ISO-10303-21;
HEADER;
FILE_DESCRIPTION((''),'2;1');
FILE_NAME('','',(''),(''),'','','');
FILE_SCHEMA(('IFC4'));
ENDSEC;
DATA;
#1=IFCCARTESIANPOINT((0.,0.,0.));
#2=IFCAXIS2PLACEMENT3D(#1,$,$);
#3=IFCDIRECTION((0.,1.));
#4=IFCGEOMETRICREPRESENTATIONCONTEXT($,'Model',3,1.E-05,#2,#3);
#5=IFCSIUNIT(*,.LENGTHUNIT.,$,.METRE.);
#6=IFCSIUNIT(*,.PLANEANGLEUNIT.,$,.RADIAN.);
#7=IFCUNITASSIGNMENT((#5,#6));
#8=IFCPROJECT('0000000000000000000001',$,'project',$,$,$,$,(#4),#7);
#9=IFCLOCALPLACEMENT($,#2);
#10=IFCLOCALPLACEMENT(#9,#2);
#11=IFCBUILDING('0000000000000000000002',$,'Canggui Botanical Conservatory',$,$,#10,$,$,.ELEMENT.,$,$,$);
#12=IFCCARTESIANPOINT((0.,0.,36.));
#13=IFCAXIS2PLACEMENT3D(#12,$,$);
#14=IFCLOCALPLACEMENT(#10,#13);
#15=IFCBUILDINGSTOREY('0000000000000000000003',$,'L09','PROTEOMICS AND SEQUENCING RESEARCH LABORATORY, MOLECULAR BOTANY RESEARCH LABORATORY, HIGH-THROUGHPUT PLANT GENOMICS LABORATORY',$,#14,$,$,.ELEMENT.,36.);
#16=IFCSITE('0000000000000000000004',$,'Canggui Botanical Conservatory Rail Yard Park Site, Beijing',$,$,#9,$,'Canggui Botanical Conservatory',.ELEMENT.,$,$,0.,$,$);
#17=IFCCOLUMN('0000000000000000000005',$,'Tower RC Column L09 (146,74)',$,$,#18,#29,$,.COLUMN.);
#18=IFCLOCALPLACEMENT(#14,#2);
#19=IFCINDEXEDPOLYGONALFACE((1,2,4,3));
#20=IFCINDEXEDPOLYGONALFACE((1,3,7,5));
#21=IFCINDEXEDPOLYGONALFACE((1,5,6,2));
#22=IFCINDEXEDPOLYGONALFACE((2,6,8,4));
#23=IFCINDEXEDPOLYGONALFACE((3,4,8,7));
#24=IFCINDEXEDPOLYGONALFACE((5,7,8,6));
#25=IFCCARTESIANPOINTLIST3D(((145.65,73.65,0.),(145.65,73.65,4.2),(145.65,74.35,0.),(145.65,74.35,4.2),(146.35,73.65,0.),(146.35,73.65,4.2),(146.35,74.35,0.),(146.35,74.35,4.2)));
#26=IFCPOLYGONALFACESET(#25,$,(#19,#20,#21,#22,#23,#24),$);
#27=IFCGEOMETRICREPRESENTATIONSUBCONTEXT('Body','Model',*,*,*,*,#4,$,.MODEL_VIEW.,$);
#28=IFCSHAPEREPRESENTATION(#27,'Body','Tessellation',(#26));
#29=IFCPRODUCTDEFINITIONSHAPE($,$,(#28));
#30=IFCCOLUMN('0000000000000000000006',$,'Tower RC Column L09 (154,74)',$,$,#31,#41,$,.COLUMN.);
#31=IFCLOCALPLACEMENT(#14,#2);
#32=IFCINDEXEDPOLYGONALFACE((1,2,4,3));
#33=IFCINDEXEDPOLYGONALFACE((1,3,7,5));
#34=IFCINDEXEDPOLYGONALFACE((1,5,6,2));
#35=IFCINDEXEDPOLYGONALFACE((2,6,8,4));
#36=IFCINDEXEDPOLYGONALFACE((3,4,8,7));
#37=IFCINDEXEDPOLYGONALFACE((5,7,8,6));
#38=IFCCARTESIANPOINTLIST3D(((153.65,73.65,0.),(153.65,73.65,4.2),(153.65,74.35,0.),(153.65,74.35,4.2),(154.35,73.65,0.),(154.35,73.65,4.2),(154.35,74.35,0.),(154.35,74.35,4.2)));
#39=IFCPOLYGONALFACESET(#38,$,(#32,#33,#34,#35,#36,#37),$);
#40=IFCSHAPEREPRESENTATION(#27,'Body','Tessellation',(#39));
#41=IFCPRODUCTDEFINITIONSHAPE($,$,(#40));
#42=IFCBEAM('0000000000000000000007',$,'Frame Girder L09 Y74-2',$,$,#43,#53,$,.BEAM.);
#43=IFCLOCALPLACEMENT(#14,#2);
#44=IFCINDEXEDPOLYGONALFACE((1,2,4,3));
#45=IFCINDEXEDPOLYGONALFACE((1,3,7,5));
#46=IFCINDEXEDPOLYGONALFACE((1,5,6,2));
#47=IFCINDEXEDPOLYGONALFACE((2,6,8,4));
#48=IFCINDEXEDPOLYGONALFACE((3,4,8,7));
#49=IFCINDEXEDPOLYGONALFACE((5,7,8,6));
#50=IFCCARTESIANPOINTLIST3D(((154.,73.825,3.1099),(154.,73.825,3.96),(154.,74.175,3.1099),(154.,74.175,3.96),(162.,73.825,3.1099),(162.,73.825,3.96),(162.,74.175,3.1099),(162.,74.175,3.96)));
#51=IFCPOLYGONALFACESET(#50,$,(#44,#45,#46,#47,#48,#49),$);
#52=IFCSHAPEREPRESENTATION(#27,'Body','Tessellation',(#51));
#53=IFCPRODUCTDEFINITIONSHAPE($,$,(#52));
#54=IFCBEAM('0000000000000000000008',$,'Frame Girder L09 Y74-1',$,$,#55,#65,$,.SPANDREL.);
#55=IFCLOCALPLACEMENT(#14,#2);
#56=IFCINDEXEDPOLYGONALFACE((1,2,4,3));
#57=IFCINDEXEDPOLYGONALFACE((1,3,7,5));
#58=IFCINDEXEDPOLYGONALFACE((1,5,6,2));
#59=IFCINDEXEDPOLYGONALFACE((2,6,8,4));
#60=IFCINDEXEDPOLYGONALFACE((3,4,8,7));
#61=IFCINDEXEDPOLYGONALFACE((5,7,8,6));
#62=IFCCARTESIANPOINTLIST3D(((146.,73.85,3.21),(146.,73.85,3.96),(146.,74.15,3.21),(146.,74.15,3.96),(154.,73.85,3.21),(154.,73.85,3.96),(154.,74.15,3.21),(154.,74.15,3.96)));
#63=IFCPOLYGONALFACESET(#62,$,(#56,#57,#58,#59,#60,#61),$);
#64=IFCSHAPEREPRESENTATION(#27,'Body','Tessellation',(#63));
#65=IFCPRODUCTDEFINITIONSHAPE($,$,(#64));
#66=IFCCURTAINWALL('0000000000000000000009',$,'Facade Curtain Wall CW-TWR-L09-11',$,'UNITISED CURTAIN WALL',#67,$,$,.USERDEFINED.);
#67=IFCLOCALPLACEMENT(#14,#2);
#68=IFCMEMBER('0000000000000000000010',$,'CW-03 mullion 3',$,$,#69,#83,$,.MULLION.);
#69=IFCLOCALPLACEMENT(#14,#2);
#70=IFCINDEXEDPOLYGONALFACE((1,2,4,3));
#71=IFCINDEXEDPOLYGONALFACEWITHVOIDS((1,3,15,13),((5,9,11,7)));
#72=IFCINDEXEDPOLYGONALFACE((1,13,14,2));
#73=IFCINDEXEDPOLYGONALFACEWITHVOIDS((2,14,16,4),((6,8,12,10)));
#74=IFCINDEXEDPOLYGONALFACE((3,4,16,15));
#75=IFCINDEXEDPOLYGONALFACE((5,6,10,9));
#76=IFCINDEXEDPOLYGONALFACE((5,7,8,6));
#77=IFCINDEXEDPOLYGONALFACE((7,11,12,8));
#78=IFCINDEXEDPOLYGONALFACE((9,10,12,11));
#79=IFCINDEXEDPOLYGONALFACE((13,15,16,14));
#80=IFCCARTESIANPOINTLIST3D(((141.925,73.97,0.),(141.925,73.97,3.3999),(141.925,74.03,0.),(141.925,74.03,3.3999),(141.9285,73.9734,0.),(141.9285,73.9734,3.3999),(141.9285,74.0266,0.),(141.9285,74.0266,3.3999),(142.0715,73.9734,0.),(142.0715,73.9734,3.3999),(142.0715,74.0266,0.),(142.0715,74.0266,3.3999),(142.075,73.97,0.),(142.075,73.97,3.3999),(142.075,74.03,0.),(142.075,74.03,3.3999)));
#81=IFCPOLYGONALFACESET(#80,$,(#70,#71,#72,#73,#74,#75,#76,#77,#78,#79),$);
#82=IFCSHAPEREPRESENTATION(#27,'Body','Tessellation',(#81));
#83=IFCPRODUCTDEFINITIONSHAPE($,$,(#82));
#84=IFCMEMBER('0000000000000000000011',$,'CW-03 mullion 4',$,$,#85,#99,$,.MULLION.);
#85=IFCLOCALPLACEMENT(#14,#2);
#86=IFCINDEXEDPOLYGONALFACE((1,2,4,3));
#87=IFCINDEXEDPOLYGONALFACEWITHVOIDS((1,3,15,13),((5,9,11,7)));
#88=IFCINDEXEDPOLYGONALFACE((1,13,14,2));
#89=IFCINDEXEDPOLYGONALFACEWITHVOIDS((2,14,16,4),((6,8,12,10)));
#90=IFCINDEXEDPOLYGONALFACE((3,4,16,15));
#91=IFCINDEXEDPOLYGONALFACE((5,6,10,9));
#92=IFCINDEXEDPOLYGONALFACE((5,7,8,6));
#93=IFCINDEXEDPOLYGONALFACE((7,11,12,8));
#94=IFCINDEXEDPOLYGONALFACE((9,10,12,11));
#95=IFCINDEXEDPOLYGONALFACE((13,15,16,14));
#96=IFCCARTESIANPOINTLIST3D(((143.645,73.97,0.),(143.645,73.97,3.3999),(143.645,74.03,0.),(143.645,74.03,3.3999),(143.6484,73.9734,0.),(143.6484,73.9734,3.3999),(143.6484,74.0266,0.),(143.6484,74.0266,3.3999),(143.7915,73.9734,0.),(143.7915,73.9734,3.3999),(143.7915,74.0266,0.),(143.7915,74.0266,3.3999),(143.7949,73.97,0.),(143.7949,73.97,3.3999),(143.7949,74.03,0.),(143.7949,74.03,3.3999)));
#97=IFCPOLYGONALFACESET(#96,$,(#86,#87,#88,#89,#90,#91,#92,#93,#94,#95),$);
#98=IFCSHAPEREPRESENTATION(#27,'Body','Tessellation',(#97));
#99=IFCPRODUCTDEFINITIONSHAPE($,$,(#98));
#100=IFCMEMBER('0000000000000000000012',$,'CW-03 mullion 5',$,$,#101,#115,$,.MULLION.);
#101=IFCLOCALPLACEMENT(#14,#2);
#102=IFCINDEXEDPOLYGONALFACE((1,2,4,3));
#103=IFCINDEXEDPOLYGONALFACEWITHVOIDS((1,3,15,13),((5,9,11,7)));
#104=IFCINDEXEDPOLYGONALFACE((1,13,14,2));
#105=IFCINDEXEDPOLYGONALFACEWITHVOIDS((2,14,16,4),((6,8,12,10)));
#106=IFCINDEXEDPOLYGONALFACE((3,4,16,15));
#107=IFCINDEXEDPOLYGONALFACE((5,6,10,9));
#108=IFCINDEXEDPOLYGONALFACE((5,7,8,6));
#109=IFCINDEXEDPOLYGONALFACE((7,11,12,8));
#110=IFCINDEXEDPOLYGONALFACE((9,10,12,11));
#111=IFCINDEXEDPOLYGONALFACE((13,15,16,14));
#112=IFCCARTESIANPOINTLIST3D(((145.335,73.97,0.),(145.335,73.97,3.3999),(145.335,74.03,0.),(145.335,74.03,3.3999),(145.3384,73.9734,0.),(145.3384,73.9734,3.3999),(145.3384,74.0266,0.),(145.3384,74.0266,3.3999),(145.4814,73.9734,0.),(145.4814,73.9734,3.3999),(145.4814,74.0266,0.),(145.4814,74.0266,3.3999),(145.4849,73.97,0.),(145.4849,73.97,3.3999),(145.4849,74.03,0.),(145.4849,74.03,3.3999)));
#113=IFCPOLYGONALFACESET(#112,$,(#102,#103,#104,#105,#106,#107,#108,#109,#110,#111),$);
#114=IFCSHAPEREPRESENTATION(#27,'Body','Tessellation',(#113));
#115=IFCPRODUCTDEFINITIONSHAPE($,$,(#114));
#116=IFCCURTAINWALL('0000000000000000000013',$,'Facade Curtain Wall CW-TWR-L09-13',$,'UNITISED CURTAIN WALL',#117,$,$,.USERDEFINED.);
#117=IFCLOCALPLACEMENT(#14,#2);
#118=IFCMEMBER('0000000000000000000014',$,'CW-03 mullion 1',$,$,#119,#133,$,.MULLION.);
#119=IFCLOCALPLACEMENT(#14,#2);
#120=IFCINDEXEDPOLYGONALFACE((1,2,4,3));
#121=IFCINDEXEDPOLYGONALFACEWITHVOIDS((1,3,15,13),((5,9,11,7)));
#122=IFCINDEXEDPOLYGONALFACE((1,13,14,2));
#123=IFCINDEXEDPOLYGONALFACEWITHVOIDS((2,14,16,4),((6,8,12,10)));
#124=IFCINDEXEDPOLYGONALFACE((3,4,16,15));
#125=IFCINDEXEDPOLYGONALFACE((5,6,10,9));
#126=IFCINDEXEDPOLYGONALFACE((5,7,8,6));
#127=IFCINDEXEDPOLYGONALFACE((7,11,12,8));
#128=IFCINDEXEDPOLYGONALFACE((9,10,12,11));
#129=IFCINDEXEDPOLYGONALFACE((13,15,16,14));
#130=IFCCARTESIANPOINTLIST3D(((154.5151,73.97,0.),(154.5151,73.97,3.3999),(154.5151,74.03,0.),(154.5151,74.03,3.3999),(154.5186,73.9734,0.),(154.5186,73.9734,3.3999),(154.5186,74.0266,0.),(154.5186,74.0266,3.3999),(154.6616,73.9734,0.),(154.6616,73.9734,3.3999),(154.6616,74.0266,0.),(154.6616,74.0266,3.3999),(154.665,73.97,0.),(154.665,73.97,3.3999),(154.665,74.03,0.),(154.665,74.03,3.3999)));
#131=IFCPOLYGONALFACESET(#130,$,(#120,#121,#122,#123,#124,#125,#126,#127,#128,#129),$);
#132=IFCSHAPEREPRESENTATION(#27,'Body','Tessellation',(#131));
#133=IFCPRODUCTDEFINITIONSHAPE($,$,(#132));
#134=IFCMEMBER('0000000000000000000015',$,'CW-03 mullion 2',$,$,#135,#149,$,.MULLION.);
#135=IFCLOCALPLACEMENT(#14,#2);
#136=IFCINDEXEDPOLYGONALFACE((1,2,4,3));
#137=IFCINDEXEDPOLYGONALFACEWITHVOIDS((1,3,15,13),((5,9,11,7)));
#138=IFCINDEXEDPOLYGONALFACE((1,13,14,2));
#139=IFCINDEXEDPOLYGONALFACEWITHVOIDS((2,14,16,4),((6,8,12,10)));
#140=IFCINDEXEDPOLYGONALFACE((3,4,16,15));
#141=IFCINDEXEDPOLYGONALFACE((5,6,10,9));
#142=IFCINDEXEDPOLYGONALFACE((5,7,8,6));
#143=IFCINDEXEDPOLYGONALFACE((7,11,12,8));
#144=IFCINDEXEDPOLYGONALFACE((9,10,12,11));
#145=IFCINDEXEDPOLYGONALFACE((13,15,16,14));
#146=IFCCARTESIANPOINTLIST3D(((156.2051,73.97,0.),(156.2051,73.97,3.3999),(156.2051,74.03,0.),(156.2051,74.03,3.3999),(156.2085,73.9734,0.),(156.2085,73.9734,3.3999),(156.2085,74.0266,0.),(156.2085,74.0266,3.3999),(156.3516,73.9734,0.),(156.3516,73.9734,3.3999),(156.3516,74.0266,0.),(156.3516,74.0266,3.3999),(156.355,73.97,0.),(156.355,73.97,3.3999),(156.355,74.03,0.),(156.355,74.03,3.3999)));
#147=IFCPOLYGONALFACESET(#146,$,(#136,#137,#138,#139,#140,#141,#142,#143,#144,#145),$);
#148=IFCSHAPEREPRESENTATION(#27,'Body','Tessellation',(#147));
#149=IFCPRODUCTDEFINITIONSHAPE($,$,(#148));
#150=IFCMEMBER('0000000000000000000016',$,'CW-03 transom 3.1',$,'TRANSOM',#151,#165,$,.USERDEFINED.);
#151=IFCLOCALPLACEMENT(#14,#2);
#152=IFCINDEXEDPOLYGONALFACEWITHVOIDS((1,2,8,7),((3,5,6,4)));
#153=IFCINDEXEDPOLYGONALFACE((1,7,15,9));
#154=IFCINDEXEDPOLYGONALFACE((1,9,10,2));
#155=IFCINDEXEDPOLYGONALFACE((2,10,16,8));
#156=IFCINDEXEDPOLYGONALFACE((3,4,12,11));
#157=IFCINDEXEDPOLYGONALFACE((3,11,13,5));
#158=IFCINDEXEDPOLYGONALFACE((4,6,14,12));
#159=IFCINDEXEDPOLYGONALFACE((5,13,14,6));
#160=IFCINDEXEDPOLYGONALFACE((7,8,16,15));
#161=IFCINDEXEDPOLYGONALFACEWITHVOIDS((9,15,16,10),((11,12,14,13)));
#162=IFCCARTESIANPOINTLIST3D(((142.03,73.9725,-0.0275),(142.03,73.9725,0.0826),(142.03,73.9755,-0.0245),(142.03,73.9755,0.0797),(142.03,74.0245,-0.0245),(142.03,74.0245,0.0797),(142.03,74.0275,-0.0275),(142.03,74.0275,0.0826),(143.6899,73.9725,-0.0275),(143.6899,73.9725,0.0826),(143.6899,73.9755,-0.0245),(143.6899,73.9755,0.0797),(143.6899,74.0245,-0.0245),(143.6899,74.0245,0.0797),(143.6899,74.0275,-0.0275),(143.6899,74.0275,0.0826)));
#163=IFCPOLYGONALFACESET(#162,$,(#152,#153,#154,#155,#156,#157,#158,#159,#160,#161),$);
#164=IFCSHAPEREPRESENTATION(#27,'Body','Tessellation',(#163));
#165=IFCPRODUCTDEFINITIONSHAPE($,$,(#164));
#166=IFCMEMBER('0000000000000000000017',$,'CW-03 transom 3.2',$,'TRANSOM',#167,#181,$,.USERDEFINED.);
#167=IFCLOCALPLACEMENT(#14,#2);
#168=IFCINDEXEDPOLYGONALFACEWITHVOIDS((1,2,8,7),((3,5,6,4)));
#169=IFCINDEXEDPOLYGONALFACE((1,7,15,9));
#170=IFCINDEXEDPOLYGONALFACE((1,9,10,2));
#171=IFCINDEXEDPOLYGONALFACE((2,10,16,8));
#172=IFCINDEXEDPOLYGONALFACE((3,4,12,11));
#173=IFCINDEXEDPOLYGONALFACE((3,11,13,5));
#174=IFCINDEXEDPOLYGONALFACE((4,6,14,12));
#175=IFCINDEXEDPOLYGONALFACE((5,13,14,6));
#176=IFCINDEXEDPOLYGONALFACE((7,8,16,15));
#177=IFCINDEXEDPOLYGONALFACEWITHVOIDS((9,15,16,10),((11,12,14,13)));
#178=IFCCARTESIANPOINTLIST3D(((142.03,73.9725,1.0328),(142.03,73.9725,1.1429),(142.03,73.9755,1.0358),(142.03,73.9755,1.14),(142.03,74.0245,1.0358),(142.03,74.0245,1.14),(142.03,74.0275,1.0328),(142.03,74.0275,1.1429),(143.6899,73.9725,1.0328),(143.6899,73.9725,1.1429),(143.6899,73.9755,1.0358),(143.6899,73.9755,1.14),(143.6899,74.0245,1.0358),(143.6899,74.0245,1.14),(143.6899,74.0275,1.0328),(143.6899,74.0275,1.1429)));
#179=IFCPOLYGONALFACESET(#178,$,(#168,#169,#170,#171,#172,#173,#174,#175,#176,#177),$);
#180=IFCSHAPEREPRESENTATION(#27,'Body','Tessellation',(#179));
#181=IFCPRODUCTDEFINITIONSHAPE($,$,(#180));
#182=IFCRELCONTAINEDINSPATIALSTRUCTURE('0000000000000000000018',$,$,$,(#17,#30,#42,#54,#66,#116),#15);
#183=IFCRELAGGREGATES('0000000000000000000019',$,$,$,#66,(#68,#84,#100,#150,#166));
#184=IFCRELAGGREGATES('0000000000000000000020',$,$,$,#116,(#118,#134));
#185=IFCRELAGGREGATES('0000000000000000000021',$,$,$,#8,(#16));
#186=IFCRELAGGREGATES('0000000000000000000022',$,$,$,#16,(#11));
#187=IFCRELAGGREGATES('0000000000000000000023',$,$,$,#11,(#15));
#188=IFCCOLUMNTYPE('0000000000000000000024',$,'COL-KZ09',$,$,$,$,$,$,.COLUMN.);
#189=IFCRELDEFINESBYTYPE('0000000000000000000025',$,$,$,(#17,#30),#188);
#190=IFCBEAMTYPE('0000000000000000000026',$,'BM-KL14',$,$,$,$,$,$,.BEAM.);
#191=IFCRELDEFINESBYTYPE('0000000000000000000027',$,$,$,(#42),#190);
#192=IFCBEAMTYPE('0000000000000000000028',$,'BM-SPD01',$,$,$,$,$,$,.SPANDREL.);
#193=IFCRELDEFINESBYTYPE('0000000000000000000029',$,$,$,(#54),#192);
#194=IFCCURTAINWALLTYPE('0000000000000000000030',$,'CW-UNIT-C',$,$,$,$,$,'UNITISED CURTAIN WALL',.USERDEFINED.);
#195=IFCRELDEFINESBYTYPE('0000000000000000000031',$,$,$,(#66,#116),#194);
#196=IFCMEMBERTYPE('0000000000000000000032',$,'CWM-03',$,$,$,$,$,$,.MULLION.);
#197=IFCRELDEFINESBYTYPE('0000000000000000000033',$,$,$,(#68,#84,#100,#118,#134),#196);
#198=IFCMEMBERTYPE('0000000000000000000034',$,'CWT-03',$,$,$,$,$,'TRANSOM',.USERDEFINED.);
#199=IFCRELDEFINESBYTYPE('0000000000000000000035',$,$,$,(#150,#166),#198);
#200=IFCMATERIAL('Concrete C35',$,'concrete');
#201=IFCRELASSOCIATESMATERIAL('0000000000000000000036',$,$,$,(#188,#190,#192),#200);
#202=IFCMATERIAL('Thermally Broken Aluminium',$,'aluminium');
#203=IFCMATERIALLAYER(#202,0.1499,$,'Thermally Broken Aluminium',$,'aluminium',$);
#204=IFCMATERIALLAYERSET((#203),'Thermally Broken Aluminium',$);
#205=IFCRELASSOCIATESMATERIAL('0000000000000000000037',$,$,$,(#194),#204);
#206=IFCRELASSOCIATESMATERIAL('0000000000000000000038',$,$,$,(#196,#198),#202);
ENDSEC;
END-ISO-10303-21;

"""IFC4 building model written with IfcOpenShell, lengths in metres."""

from ifc_helpers import new_model, si_unit, direction, frame, origin, origin_2d, place, context, subcontext, project, spatial, rectangle, hollow_rectangle, extrude, material, layer, layer_set, material_profile, profile_set, type_object, element, aggregate, save


model = new_model("IFC4")

# Units and contexts
model_context = context("Model", 3, precision=1e-05, world=origin(), true_north=direction((0.0, 1.0)))
body_context = subcontext(model_context, "Body", "Model", "MODEL_VIEW")
ifc_project = project(units=[si_unit("LENGTHUNIT", "METRE"), si_unit("PLANEANGLEUNIT", "RADIAN")], contexts=[model_context])

# Site, building, storey
site_placement = place(None, origin())
site = spatial("IfcSite", under=ifc_project, at=site_placement, Name="Canggui Botanical Conservatory Rail Yard Park Site, Beijing", LongName="Canggui Botanical Conservatory", CompositionType="ELEMENT", RefElevation=0.0)
building_placement = place(site_placement, origin())
building = spatial("IfcBuilding", under=site, at=building_placement, Name="Canggui Botanical Conservatory", CompositionType="ELEMENT")
storey_placement = place(building_placement, frame((0.0, 0.0, 36.0)))
storey = spatial("IfcBuildingStorey", under=building, at=storey_placement, Name="L09", Description="PROTEOMICS AND SEQUENCING RESEARCH LABORATORY, MOLECULAR BOTANY RESEARCH LABORATORY, HIGH-THROUGHPUT PLANT GENOMICS LABORATORY", CompositionType="ELEMENT", Elevation=36.0)

# Columns
ifc_material_1 = material(Name="Concrete C35", Category="concrete")
ifc_material_profile_1 = material_profile(ifc_material_1, rectangle(XDim=0.7, YDim=0.7, at=origin_2d()), Name="RC 700x700")
ifc_profile_set_1 = profile_set([ifc_material_profile_1], Name="Concrete C35")
column_type = type_object("IfcColumnType", Name="COL-KZ09", PredefinedType="COLUMN", material=ifc_profile_set_1)
for number, where, z_axis, x_axis, name in (
    (1, (146.0, 74.0, 0.0), (0.0, 0.0, 1.0), (1.0, 0.0, 0.0), "Tower RC Column L09 (146,74)"),
    (2, (154.0, 74.0, 0.0), (0.0, 0.0, 1.0), (1.0, 0.0, 0.0), "Tower RC Column L09 (154,74)"),
):
    element("IfcColumn", number, at=place(storey_placement, frame(where, z_axis=z_axis, x_axis=x_axis)), inside=storey, type_object=column_type, Name=name, PredefinedType="COLUMN", context=body_context, shape_type="SweptSolid", body=[
        extrude(rectangle(XDim=0.7, YDim=0.7, at=origin_2d()), origin(), (0.0, 0.0, 1.0), 4.2),
    ])

# Beams
ifc_material_profile_2 = material_profile(ifc_material_1, rectangle(XDim=0.3501, YDim=0.8501, at=origin_2d()), Name="RB 350x850")
ifc_profile_set_2 = profile_set([ifc_material_profile_2], Name="Concrete C35")
beam_type_1 = type_object("IfcBeamType", Name="BM-KL14", PredefinedType="BEAM", material=ifc_profile_set_2)
beam_1_placement = place(storey_placement, frame((154.0, 74.0, 3.5349), z_axis=(1.0, 0.0, 0.0), x_axis=(0.0, 1.0, 0.0)))
element("IfcBeam", 3, at=beam_1_placement, inside=storey, type_object=beam_type_1, Name="Frame Girder L09 Y74-2", PredefinedType="BEAM", context=body_context, shape_type="SweptSolid", body=[
    extrude(rectangle(XDim=0.3501, YDim=0.8501, at=origin_2d()), origin(), (0.0, 0.0, 1.0), 8.0),
])
ifc_material_profile_3 = material_profile(ifc_material_1, rectangle(XDim=0.3, YDim=0.75, at=origin_2d()), Name="RB 300x750")
ifc_profile_set_3 = profile_set([ifc_material_profile_3], Name="Concrete C35")
beam_type_2 = type_object("IfcBeamType", Name="BM-SPD01", PredefinedType="SPANDREL", material=ifc_profile_set_3)
beam_2_placement = place(storey_placement, frame((146.0, 74.0, 3.585), z_axis=(1.0, 0.0, 0.0), x_axis=(0.0, 1.0, 0.0)))
element("IfcBeam", 4, at=beam_2_placement, inside=storey, type_object=beam_type_2, Name="Frame Girder L09 Y74-1", PredefinedType="SPANDREL", context=body_context, shape_type="SweptSolid", body=[
    extrude(rectangle(XDim=0.3, YDim=0.75, at=origin_2d()), origin(), (0.0, 0.0, 1.0), 8.0),
])

# Curtain walls, members
ifc_material_2 = material(Name="Thermally Broken Aluminium", Category="aluminium")
ifc_layer_1 = layer(ifc_material_2, 0.1499, Name="Thermally Broken Aluminium", Category="aluminium")
ifc_layer_set_1 = layer_set([ifc_layer_1], Name="Thermally Broken Aluminium")
curtain_wall_type = type_object("IfcCurtainWallType", Name="CW-UNIT-C", ElementType="UNITISED CURTAIN WALL", PredefinedType="USERDEFINED", material=ifc_layer_set_1)
curtain_wall_1_placement = place(storey_placement, origin())
curtain_wall_1 = element("IfcCurtainWall", 5, at=curtain_wall_1_placement, inside=storey, type_object=curtain_wall_type, Name="Facade Curtain Wall CW-TWR-L09-11", ObjectType="UNITISED CURTAIN WALL", PredefinedType="USERDEFINED")
ifc_material_profile_4 = material_profile(ifc_material_2, hollow_rectangle(XDim=0.0601, YDim=0.1499, WallThickness=0.0034, at=origin_2d()), Name="CWM 60x150x3.5")
ifc_profile_set_4 = profile_set([ifc_material_profile_4], Name="Thermally Broken Aluminium")
member_type_1 = type_object("IfcMemberType", Name="CWM-03", PredefinedType="MULLION", material=ifc_profile_set_4)
member_1_placement = place(storey_placement, frame((142.0, 74.0, 0.0), z_axis=(0.0, 0.0, 1.0), x_axis=(0.0, 1.0, 0.0)))
member_1 = element("IfcMember", 6, at=member_1_placement, type_object=member_type_1, Name="CW-03 mullion 3", PredefinedType="MULLION", context=body_context, shape_type="SweptSolid", body=[
    extrude(hollow_rectangle(XDim=0.0601, YDim=0.1499, WallThickness=0.0034, at=origin_2d()), origin(), (0.0, 0.0, 1.0), 3.3999),
])
member_2_placement = place(storey_placement, frame((143.72, 74.0, 0.0), z_axis=(0.0, 0.0, 1.0), x_axis=(0.0, 1.0, 0.0)))
member_2 = element("IfcMember", 7, at=member_2_placement, type_object=member_type_1, Name="CW-03 mullion 4", PredefinedType="MULLION", context=body_context, shape_type="SweptSolid", body=[
    extrude(hollow_rectangle(XDim=0.0601, YDim=0.1499, WallThickness=0.0034, at=origin_2d()), origin(), (0.0, 0.0, 1.0), 3.3999),
])
member_3_placement = place(storey_placement, frame((145.4099, 74.0, 0.0), z_axis=(0.0, 0.0, 1.0), x_axis=(0.0, 1.0, 0.0)))
member_3 = element("IfcMember", 8, at=member_3_placement, type_object=member_type_1, Name="CW-03 mullion 5", PredefinedType="MULLION", context=body_context, shape_type="SweptSolid", body=[
    extrude(hollow_rectangle(XDim=0.0601, YDim=0.1499, WallThickness=0.0034, at=origin_2d()), origin(), (0.0, 0.0, 1.0), 3.3999),
])
curtain_wall_2_placement = place(storey_placement, origin())
curtain_wall_2 = element("IfcCurtainWall", 9, at=curtain_wall_2_placement, inside=storey, type_object=curtain_wall_type, Name="Facade Curtain Wall CW-TWR-L09-13", ObjectType="UNITISED CURTAIN WALL", PredefinedType="USERDEFINED")
member_4_placement = place(storey_placement, frame((154.5901, 74.0, 0.0), z_axis=(0.0, 0.0, 1.0), x_axis=(0.0, 1.0, 0.0)))
member_4 = element("IfcMember", 10, at=member_4_placement, type_object=member_type_1, Name="CW-03 mullion 1", PredefinedType="MULLION", context=body_context, shape_type="SweptSolid", body=[
    extrude(hollow_rectangle(XDim=0.0601, YDim=0.1499, WallThickness=0.0034, at=origin_2d()), origin(), (0.0, 0.0, 1.0), 3.3999),
])
member_5_placement = place(storey_placement, frame((156.28, 74.0, 0.0), z_axis=(0.0, 0.0, 1.0), x_axis=(0.0, 1.0, 0.0)))
member_5 = element("IfcMember", 11, at=member_5_placement, type_object=member_type_1, Name="CW-03 mullion 2", PredefinedType="MULLION", context=body_context, shape_type="SweptSolid", body=[
    extrude(hollow_rectangle(XDim=0.0601, YDim=0.1499, WallThickness=0.0034, at=origin_2d()), origin(), (0.0, 0.0, 1.0), 3.3999),
])

# Members
ifc_material_profile_5 = material_profile(ifc_material_2, hollow_rectangle(XDim=0.0549, YDim=0.1101, WallThickness=0.0029, at=origin_2d()), Name="CWT 55x110x3")
ifc_profile_set_5 = profile_set([ifc_material_profile_5], Name="Thermally Broken Aluminium")
member_type_2 = type_object("IfcMemberType", Name="CWT-03", ElementType="TRANSOM", PredefinedType="USERDEFINED", material=ifc_profile_set_5)
member_6_placement = place(storey_placement, frame((142.03, 74.0, 0.0276), z_axis=(1.0, 0.0, 0.0), x_axis=(0.0, 1.0, 0.0)))
member_6 = element("IfcMember", 12, at=member_6_placement, type_object=member_type_2, Name="CW-03 transom 3.1", ObjectType="TRANSOM", PredefinedType="USERDEFINED", context=body_context, shape_type="SweptSolid", body=[
    extrude(hollow_rectangle(XDim=0.0549, YDim=0.1101, WallThickness=0.0029, at=origin_2d()), origin(), (0.0, 0.0, 1.0), 1.6599),
])
member_7_placement = place(storey_placement, frame((142.03, 74.0, 1.0879), z_axis=(1.0, 0.0, 0.0), x_axis=(0.0, 1.0, 0.0)))
member_7 = element("IfcMember", 13, at=member_7_placement, type_object=member_type_2, Name="CW-03 transom 3.2", ObjectType="TRANSOM", PredefinedType="USERDEFINED", context=body_context, shape_type="SweptSolid", body=[
    extrude(hollow_rectangle(XDim=0.0549, YDim=0.1101, WallThickness=0.0029, at=origin_2d()), origin(), (0.0, 0.0, 1.0), 1.6599),
])

aggregate(curtain_wall_1, [member_1, member_2, member_3, member_6, member_7])
aggregate(curtain_wall_2, [member_4, member_5])

save(model, "model.ifc")
